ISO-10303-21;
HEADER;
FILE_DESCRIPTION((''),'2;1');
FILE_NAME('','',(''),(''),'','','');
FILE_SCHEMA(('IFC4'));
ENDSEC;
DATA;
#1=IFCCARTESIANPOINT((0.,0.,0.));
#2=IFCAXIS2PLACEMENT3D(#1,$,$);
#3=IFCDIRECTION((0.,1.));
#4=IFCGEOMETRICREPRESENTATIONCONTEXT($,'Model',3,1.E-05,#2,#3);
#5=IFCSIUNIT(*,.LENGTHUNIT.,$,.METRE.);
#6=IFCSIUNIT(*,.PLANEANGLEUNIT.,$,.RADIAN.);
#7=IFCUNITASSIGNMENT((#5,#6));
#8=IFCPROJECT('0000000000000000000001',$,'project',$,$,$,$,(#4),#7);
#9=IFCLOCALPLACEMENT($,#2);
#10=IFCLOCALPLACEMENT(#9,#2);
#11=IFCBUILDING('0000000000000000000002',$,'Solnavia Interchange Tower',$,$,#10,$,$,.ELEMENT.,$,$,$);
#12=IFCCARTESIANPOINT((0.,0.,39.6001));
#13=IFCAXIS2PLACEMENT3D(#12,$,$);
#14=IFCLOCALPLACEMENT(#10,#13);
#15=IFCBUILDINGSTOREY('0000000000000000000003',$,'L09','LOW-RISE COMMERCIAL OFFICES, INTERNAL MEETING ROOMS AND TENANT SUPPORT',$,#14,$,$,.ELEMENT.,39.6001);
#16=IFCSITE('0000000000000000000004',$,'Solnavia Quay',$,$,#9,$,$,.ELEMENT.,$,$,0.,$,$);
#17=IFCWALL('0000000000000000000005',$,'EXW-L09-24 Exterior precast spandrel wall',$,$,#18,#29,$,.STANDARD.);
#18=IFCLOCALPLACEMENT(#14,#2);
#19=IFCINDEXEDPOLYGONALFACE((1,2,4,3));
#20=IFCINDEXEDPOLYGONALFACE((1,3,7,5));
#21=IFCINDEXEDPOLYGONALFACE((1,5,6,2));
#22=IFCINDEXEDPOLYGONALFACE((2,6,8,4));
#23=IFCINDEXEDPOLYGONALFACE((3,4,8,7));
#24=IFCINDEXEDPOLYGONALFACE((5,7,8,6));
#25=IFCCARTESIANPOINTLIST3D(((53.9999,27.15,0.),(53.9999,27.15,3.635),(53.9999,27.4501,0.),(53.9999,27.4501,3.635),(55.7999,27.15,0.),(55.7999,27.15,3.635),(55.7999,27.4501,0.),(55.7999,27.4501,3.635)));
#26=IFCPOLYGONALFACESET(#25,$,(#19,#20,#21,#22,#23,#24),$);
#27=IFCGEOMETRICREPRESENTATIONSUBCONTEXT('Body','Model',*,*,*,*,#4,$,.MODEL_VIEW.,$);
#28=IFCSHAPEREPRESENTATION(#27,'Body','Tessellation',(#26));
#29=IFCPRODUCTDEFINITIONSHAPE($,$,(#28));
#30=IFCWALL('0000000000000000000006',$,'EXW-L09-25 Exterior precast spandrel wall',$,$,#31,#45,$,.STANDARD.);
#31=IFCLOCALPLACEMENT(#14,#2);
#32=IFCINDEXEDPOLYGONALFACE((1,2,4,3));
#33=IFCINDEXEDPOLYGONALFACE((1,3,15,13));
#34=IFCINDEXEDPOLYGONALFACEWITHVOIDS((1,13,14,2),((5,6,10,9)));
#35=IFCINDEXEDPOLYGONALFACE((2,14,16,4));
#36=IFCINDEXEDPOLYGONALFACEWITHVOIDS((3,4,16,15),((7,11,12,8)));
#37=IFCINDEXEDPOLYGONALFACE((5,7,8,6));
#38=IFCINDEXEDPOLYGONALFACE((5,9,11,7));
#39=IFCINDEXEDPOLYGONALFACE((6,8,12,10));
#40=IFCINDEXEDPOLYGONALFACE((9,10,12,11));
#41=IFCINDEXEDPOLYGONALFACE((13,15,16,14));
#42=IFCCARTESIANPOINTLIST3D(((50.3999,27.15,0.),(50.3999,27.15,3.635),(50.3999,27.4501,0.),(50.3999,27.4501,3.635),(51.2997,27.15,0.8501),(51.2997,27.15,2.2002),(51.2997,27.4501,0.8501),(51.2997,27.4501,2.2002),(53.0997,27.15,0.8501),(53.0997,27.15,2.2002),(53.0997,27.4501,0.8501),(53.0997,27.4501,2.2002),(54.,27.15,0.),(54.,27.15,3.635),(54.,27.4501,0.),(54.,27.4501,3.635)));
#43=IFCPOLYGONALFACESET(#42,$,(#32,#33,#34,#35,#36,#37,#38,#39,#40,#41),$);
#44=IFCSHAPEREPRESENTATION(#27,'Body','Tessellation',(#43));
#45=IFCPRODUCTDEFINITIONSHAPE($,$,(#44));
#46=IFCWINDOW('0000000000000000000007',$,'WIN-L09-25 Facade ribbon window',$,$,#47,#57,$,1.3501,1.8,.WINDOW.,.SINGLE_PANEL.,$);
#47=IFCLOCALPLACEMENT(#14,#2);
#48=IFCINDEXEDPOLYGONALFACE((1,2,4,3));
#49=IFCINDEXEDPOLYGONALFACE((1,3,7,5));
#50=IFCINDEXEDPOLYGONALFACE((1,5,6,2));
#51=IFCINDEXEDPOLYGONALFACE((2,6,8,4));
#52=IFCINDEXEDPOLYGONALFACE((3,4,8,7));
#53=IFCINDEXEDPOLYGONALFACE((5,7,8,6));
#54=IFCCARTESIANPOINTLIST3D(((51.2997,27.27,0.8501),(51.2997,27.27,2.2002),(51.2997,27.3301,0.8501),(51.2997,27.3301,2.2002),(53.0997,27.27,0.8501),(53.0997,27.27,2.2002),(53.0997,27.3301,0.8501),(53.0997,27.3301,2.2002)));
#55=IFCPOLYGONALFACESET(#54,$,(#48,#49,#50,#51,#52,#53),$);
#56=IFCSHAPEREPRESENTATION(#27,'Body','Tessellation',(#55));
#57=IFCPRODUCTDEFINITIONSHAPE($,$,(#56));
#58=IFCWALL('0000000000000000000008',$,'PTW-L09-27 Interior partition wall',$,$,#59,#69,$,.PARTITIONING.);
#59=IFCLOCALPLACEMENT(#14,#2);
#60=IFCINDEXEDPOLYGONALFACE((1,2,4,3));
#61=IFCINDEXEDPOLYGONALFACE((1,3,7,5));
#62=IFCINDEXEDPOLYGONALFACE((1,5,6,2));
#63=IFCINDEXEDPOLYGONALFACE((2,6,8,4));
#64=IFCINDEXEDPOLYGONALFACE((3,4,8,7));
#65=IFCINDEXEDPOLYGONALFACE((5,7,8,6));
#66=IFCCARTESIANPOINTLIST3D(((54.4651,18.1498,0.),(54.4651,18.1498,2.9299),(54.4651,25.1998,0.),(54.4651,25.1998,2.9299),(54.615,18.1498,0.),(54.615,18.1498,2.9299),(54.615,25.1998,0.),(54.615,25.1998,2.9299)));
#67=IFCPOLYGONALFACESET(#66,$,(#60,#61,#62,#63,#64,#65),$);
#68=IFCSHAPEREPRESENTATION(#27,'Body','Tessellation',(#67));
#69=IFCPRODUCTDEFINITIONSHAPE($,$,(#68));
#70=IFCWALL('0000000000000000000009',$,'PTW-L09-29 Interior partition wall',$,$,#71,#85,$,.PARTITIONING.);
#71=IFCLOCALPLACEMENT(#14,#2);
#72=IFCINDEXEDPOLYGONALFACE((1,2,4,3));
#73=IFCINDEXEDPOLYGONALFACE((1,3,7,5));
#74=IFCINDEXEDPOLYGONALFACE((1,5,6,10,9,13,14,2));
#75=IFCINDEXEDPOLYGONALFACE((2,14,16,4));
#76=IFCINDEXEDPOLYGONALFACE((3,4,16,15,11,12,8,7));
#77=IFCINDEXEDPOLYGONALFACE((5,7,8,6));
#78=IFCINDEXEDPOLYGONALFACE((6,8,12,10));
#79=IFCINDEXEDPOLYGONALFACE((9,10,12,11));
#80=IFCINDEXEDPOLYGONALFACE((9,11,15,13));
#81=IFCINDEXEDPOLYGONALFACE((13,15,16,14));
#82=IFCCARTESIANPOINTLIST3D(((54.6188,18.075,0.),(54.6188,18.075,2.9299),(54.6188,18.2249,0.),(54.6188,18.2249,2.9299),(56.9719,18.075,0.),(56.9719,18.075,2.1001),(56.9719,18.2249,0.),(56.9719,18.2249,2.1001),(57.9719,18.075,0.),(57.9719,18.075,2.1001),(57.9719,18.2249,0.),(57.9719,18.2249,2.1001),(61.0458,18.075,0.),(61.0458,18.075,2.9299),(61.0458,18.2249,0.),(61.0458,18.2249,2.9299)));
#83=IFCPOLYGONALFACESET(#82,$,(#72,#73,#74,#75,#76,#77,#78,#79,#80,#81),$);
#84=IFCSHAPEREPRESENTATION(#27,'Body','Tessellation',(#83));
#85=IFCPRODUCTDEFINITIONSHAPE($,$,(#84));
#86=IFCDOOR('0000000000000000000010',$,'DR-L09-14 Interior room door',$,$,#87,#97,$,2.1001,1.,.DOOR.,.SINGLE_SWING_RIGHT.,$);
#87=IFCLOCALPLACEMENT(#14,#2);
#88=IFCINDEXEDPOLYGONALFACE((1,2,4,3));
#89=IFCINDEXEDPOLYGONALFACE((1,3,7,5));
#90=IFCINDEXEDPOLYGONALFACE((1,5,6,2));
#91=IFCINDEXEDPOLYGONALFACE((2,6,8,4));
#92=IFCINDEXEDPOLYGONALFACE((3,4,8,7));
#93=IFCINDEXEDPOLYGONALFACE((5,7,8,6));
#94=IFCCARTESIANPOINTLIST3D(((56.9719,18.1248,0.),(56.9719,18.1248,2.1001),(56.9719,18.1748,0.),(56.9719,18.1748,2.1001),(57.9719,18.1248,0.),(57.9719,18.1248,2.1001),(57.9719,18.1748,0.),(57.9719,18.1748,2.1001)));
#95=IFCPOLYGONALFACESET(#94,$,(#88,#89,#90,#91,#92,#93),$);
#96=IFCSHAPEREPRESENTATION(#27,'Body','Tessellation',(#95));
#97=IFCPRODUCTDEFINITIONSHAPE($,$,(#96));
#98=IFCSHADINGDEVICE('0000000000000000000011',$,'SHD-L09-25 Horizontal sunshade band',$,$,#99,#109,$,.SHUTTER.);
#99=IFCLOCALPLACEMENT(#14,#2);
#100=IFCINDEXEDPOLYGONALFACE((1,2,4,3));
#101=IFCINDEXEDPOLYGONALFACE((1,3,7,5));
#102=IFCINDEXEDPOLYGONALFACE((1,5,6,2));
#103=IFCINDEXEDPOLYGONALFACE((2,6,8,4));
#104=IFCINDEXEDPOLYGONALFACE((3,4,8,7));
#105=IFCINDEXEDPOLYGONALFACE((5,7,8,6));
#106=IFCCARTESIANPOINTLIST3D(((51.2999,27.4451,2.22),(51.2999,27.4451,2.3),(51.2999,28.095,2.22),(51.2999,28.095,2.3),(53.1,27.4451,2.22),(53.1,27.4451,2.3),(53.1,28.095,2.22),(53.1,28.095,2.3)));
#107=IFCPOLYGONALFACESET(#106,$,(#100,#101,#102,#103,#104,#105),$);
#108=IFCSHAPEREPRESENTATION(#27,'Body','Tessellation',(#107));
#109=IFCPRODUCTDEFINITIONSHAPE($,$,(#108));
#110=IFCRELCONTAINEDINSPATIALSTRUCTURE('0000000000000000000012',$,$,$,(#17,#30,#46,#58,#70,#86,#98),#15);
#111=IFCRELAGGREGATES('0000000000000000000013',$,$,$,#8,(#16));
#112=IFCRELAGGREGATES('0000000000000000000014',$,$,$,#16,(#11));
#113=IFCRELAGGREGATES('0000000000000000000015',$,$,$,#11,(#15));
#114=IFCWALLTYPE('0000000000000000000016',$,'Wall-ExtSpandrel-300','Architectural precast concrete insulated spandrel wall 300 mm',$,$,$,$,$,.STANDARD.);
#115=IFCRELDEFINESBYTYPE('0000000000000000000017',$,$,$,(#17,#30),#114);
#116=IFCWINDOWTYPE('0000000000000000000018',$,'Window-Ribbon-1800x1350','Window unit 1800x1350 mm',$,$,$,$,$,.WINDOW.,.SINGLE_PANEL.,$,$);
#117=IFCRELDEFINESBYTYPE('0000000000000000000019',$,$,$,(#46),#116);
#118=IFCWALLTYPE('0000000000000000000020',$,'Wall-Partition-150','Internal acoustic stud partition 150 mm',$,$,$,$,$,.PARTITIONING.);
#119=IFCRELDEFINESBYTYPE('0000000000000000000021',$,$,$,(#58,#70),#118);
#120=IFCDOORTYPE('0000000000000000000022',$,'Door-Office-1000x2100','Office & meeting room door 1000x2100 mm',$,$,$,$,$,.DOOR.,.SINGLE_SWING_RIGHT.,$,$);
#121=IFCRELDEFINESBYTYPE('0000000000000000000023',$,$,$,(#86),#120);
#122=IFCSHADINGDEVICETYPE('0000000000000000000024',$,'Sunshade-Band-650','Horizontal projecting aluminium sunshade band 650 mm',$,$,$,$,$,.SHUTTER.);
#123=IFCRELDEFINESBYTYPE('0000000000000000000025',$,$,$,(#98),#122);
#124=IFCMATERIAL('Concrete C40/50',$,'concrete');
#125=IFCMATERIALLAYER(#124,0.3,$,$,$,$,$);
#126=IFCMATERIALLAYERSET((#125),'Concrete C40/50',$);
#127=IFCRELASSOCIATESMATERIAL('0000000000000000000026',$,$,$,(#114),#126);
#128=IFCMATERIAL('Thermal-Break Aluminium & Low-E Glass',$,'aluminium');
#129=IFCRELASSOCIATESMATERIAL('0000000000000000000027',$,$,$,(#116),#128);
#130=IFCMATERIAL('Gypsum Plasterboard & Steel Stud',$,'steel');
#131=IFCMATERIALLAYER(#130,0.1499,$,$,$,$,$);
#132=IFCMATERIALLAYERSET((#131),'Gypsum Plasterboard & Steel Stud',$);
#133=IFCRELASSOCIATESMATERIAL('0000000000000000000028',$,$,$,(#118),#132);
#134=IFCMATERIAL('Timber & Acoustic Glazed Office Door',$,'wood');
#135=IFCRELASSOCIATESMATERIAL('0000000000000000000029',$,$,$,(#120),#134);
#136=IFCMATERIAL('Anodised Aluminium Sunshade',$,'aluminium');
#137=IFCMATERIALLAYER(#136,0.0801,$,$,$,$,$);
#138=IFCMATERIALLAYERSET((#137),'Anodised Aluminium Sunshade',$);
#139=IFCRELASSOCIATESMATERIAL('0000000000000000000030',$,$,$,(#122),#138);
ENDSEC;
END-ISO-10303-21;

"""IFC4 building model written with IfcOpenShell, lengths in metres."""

from ifc_helpers import new_model, si_unit, direction, frame, frame_2d, origin, origin_2d, place, context, subcontext, project, spatial, rectangle, extrude, material, layer, layer_set, type_object, element, fill, save


model = new_model("IFC4")

# Units and contexts
model_context = context("Model", 3, precision=1e-05, world=origin(), true_north=direction((0.0, 1.0)))
body_context = subcontext(model_context, "Body", "Model", "MODEL_VIEW")
ifc_project = project(units=[si_unit("LENGTHUNIT", "METRE"), si_unit("PLANEANGLEUNIT", "RADIAN")], contexts=[model_context])

# Site, building, storey
site_placement = place(None, origin())
site = spatial("IfcSite", under=ifc_project, at=site_placement, Name="Solnavia Quay", CompositionType="ELEMENT", RefElevation=0.0)
building_placement = place(site_placement, origin())
building = spatial("IfcBuilding", under=site, at=building_placement, Name="Solnavia Interchange Tower", CompositionType="ELEMENT")
storey_placement = place(building_placement, frame((0.0, 0.0, 39.6001)))
storey = spatial("IfcBuildingStorey", under=building, at=storey_placement, Name="L09", Description="LOW-RISE COMMERCIAL OFFICES, INTERNAL MEETING ROOMS AND TENANT SUPPORT", CompositionType="ELEMENT", Elevation=39.6001)

# Wall
ifc_material_1 = material(Name="Concrete C40/50", Category="concrete")
ifc_layer_1 = layer(ifc_material_1, 0.3)
ifc_layer_set_1 = layer_set([ifc_layer_1], Name="Concrete C40/50")
wall_type_1 = type_object("IfcWallType", Name="Wall-ExtSpandrel-300", Description="Architectural precast concrete insulated spandrel wall 300 mm", PredefinedType="STANDARD", material=ifc_layer_set_1)
wall_1_placement = place(storey_placement, frame((54.0, 27.3, 0.0), z_axis=(0.0, 0.0, 1.0), x_axis=(1.0, 0.0, 0.0)))
element("IfcWall", 1, at=wall_1_placement, inside=storey, type_object=wall_type_1, Name="EXW-L09-24 Exterior precast spandrel wall", PredefinedType="STANDARD", context=body_context, shape_type="SweptSolid", body=[
    extrude(rectangle(XDim=1.8, YDim=0.3, at=frame_2d((0.8999, 0.0))), origin(), (0.0, 0.0, 1.0), 3.635),
])

# Wall, opening, window
wall_2_placement = place(storey_placement, frame((50.3999, 27.3, 0.0), z_axis=(0.0, 0.0, 1.0), x_axis=(1.0, 0.0, 0.0)))
wall_2 = element("IfcWall", 2, at=wall_2_placement, inside=storey, type_object=wall_type_1, Name="EXW-L09-25 Exterior precast spandrel wall", PredefinedType="STANDARD", context=body_context, shape_type="SweptSolid", body=[
    extrude(rectangle(XDim=3.6001, YDim=0.3, at=frame_2d((1.8, 0.0))), origin(), (0.0, 0.0, 1.0), 3.635),
])
opening_1_placement = place(wall_2_placement, frame((0.8999, 0.0, 0.8501)))
opening_1 = element("IfcOpeningElement", 3, at=opening_1_placement, cuts=wall_2, PredefinedType="OPENING", context=body_context, shape_type="SweptSolid", body=[
    extrude(rectangle(XDim=1.8, YDim=1.3501, at=frame_2d((0.8999, 0.675))), frame((0.0, 0.1602, 0.0), z_axis=(0.0, -1.0, 0.0), x_axis=(1.0, 0.0, 0.0)), (0.0, 0.0, 1.0), 0.3201),
])
ifc_material_2 = material(Name="Thermal-Break Aluminium & Low-E Glass", Category="aluminium")
window_type = type_object("IfcWindowType", Name="Window-Ribbon-1800x1350", Description="Window unit 1800x1350 mm", PartitioningType="SINGLE_PANEL", PredefinedType="WINDOW", material=ifc_material_2)
window_placement = place(opening_1_placement, origin())
window = element("IfcWindow", 4, at=window_placement, inside=storey, type_object=window_type, Name="WIN-L09-25 Facade ribbon window", OverallHeight=1.3501, OverallWidth=1.8, PartitioningType="SINGLE_PANEL", PredefinedType="WINDOW", context=body_context, shape_type="SweptSolid", body=[
    extrude(rectangle(XDim=1.8, YDim=1.3501, at=frame_2d((0.8999, 0.675))), frame((0.0, 0.03, 0.0), z_axis=(0.0, -1.0, 0.0), x_axis=(1.0, 0.0, 0.0)), (0.0, 0.0, 1.0), 0.0601),
])
fill(opening_1, window)

# Wall
ifc_material_3 = material(Name="Gypsum Plasterboard & Steel Stud", Category="steel")
ifc_layer_2 = layer(ifc_material_3, 0.1499)
ifc_layer_set_2 = layer_set([ifc_layer_2], Name="Gypsum Plasterboard & Steel Stud")
wall_type_2 = type_object("IfcWallType", Name="Wall-Partition-150", Description="Internal acoustic stud partition 150 mm", PredefinedType="PARTITIONING", material=ifc_layer_set_2)
wall_3_placement = place(storey_placement, frame((54.54, 18.1499, 0.0), z_axis=(0.0, 0.0, 1.0), x_axis=(0.0, 1.0, 0.0)))
element("IfcWall", 5, at=wall_3_placement, inside=storey, type_object=wall_type_2, Name="PTW-L09-27 Interior partition wall", PredefinedType="PARTITIONING", context=body_context, shape_type="SweptSolid", body=[
    extrude(rectangle(XDim=7.05, YDim=0.1499, at=frame_2d((3.5249, 0.0))), origin(), (0.0, 0.0, 1.0), 2.9299),
])

# Wall, opening, door
wall_4_placement = place(storey_placement, frame((54.6189, 18.1499, 0.0), z_axis=(0.0, 0.0, 1.0), x_axis=(1.0, 0.0, 0.0)))
wall_4 = element("IfcWall", 6, at=wall_4_placement, inside=storey, type_object=wall_type_2, Name="PTW-L09-29 Interior partition wall", PredefinedType="PARTITIONING", context=body_context, shape_type="SweptSolid", body=[
    extrude(rectangle(XDim=6.427, YDim=0.1499, at=frame_2d((3.2134, 0.0))), origin(), (0.0, 0.0, 1.0), 2.9299),
])
opening_2_placement = place(wall_4_placement, frame((2.353, 0.0, 0.0)))
opening_2 = element("IfcOpeningElement", 7, at=opening_2_placement, cuts=wall_4, PredefinedType="OPENING", context=body_context, shape_type="SweptSolid", body=[
    extrude(rectangle(XDim=1.0, YDim=2.1001, at=frame_2d((0.5, 1.05))), frame((0.0, 0.085, 0.0), z_axis=(0.0, -1.0, 0.0), x_axis=(1.0, 0.0, 0.0)), (0.0, 0.0, 1.0), 0.1699),
])
ifc_material_4 = material(Name="Timber & Acoustic Glazed Office Door", Category="wood")
door_type = type_object("IfcDoorType", Name="Door-Office-1000x2100", Description="Office & meeting room door 1000x2100 mm", OperationType="SINGLE_SWING_RIGHT", PredefinedType="DOOR", material=ifc_material_4)
door_placement = place(opening_2_placement, origin())
door = element("IfcDoor", 8, at=door_placement, inside=storey, type_object=door_type, Name="DR-L09-14 Interior room door", OperationType="SINGLE_SWING_RIGHT", OverallHeight=2.1001, OverallWidth=1.0, PredefinedType="DOOR", context=body_context, shape_type="SweptSolid", body=[
    extrude(rectangle(XDim=1.0, YDim=2.1001, at=frame_2d((0.5, 1.05))), frame((0.0, 0.0249, 0.0), z_axis=(0.0, -1.0, 0.0), x_axis=(1.0, 0.0, 0.0)), (0.0, 0.0, 1.0), 0.05),
])
fill(opening_2, door)

# Shading device
ifc_material_5 = material(Name="Anodised Aluminium Sunshade", Category="aluminium")
ifc_layer_3 = layer(ifc_material_5, 0.0801)
ifc_layer_set_3 = layer_set([ifc_layer_3], Name="Anodised Aluminium Sunshade")
shading_device_type = type_object("IfcShadingDeviceType", Name="Sunshade-Band-650", Description="Horizontal projecting aluminium sunshade band 650 mm", PredefinedType="SHUTTER", material=ifc_layer_set_3)
shading_device_placement = place(storey_placement, frame((52.2, 27.77, 2.22), z_axis=(0.0, 0.0, 1.0), x_axis=(1.0, 0.0, 0.0)))
element("IfcShadingDevice", 9, at=shading_device_placement, inside=storey, type_object=shading_device_type, Name="SHD-L09-25 Horizontal sunshade band", PredefinedType="SHUTTER", context=body_context, shape_type="SweptSolid", body=[
    extrude(rectangle(XDim=1.8, YDim=0.6499, at=origin_2d()), origin(), (0.0, 0.0, 1.0), 0.0801),
])

save(model, "model.ifc")
